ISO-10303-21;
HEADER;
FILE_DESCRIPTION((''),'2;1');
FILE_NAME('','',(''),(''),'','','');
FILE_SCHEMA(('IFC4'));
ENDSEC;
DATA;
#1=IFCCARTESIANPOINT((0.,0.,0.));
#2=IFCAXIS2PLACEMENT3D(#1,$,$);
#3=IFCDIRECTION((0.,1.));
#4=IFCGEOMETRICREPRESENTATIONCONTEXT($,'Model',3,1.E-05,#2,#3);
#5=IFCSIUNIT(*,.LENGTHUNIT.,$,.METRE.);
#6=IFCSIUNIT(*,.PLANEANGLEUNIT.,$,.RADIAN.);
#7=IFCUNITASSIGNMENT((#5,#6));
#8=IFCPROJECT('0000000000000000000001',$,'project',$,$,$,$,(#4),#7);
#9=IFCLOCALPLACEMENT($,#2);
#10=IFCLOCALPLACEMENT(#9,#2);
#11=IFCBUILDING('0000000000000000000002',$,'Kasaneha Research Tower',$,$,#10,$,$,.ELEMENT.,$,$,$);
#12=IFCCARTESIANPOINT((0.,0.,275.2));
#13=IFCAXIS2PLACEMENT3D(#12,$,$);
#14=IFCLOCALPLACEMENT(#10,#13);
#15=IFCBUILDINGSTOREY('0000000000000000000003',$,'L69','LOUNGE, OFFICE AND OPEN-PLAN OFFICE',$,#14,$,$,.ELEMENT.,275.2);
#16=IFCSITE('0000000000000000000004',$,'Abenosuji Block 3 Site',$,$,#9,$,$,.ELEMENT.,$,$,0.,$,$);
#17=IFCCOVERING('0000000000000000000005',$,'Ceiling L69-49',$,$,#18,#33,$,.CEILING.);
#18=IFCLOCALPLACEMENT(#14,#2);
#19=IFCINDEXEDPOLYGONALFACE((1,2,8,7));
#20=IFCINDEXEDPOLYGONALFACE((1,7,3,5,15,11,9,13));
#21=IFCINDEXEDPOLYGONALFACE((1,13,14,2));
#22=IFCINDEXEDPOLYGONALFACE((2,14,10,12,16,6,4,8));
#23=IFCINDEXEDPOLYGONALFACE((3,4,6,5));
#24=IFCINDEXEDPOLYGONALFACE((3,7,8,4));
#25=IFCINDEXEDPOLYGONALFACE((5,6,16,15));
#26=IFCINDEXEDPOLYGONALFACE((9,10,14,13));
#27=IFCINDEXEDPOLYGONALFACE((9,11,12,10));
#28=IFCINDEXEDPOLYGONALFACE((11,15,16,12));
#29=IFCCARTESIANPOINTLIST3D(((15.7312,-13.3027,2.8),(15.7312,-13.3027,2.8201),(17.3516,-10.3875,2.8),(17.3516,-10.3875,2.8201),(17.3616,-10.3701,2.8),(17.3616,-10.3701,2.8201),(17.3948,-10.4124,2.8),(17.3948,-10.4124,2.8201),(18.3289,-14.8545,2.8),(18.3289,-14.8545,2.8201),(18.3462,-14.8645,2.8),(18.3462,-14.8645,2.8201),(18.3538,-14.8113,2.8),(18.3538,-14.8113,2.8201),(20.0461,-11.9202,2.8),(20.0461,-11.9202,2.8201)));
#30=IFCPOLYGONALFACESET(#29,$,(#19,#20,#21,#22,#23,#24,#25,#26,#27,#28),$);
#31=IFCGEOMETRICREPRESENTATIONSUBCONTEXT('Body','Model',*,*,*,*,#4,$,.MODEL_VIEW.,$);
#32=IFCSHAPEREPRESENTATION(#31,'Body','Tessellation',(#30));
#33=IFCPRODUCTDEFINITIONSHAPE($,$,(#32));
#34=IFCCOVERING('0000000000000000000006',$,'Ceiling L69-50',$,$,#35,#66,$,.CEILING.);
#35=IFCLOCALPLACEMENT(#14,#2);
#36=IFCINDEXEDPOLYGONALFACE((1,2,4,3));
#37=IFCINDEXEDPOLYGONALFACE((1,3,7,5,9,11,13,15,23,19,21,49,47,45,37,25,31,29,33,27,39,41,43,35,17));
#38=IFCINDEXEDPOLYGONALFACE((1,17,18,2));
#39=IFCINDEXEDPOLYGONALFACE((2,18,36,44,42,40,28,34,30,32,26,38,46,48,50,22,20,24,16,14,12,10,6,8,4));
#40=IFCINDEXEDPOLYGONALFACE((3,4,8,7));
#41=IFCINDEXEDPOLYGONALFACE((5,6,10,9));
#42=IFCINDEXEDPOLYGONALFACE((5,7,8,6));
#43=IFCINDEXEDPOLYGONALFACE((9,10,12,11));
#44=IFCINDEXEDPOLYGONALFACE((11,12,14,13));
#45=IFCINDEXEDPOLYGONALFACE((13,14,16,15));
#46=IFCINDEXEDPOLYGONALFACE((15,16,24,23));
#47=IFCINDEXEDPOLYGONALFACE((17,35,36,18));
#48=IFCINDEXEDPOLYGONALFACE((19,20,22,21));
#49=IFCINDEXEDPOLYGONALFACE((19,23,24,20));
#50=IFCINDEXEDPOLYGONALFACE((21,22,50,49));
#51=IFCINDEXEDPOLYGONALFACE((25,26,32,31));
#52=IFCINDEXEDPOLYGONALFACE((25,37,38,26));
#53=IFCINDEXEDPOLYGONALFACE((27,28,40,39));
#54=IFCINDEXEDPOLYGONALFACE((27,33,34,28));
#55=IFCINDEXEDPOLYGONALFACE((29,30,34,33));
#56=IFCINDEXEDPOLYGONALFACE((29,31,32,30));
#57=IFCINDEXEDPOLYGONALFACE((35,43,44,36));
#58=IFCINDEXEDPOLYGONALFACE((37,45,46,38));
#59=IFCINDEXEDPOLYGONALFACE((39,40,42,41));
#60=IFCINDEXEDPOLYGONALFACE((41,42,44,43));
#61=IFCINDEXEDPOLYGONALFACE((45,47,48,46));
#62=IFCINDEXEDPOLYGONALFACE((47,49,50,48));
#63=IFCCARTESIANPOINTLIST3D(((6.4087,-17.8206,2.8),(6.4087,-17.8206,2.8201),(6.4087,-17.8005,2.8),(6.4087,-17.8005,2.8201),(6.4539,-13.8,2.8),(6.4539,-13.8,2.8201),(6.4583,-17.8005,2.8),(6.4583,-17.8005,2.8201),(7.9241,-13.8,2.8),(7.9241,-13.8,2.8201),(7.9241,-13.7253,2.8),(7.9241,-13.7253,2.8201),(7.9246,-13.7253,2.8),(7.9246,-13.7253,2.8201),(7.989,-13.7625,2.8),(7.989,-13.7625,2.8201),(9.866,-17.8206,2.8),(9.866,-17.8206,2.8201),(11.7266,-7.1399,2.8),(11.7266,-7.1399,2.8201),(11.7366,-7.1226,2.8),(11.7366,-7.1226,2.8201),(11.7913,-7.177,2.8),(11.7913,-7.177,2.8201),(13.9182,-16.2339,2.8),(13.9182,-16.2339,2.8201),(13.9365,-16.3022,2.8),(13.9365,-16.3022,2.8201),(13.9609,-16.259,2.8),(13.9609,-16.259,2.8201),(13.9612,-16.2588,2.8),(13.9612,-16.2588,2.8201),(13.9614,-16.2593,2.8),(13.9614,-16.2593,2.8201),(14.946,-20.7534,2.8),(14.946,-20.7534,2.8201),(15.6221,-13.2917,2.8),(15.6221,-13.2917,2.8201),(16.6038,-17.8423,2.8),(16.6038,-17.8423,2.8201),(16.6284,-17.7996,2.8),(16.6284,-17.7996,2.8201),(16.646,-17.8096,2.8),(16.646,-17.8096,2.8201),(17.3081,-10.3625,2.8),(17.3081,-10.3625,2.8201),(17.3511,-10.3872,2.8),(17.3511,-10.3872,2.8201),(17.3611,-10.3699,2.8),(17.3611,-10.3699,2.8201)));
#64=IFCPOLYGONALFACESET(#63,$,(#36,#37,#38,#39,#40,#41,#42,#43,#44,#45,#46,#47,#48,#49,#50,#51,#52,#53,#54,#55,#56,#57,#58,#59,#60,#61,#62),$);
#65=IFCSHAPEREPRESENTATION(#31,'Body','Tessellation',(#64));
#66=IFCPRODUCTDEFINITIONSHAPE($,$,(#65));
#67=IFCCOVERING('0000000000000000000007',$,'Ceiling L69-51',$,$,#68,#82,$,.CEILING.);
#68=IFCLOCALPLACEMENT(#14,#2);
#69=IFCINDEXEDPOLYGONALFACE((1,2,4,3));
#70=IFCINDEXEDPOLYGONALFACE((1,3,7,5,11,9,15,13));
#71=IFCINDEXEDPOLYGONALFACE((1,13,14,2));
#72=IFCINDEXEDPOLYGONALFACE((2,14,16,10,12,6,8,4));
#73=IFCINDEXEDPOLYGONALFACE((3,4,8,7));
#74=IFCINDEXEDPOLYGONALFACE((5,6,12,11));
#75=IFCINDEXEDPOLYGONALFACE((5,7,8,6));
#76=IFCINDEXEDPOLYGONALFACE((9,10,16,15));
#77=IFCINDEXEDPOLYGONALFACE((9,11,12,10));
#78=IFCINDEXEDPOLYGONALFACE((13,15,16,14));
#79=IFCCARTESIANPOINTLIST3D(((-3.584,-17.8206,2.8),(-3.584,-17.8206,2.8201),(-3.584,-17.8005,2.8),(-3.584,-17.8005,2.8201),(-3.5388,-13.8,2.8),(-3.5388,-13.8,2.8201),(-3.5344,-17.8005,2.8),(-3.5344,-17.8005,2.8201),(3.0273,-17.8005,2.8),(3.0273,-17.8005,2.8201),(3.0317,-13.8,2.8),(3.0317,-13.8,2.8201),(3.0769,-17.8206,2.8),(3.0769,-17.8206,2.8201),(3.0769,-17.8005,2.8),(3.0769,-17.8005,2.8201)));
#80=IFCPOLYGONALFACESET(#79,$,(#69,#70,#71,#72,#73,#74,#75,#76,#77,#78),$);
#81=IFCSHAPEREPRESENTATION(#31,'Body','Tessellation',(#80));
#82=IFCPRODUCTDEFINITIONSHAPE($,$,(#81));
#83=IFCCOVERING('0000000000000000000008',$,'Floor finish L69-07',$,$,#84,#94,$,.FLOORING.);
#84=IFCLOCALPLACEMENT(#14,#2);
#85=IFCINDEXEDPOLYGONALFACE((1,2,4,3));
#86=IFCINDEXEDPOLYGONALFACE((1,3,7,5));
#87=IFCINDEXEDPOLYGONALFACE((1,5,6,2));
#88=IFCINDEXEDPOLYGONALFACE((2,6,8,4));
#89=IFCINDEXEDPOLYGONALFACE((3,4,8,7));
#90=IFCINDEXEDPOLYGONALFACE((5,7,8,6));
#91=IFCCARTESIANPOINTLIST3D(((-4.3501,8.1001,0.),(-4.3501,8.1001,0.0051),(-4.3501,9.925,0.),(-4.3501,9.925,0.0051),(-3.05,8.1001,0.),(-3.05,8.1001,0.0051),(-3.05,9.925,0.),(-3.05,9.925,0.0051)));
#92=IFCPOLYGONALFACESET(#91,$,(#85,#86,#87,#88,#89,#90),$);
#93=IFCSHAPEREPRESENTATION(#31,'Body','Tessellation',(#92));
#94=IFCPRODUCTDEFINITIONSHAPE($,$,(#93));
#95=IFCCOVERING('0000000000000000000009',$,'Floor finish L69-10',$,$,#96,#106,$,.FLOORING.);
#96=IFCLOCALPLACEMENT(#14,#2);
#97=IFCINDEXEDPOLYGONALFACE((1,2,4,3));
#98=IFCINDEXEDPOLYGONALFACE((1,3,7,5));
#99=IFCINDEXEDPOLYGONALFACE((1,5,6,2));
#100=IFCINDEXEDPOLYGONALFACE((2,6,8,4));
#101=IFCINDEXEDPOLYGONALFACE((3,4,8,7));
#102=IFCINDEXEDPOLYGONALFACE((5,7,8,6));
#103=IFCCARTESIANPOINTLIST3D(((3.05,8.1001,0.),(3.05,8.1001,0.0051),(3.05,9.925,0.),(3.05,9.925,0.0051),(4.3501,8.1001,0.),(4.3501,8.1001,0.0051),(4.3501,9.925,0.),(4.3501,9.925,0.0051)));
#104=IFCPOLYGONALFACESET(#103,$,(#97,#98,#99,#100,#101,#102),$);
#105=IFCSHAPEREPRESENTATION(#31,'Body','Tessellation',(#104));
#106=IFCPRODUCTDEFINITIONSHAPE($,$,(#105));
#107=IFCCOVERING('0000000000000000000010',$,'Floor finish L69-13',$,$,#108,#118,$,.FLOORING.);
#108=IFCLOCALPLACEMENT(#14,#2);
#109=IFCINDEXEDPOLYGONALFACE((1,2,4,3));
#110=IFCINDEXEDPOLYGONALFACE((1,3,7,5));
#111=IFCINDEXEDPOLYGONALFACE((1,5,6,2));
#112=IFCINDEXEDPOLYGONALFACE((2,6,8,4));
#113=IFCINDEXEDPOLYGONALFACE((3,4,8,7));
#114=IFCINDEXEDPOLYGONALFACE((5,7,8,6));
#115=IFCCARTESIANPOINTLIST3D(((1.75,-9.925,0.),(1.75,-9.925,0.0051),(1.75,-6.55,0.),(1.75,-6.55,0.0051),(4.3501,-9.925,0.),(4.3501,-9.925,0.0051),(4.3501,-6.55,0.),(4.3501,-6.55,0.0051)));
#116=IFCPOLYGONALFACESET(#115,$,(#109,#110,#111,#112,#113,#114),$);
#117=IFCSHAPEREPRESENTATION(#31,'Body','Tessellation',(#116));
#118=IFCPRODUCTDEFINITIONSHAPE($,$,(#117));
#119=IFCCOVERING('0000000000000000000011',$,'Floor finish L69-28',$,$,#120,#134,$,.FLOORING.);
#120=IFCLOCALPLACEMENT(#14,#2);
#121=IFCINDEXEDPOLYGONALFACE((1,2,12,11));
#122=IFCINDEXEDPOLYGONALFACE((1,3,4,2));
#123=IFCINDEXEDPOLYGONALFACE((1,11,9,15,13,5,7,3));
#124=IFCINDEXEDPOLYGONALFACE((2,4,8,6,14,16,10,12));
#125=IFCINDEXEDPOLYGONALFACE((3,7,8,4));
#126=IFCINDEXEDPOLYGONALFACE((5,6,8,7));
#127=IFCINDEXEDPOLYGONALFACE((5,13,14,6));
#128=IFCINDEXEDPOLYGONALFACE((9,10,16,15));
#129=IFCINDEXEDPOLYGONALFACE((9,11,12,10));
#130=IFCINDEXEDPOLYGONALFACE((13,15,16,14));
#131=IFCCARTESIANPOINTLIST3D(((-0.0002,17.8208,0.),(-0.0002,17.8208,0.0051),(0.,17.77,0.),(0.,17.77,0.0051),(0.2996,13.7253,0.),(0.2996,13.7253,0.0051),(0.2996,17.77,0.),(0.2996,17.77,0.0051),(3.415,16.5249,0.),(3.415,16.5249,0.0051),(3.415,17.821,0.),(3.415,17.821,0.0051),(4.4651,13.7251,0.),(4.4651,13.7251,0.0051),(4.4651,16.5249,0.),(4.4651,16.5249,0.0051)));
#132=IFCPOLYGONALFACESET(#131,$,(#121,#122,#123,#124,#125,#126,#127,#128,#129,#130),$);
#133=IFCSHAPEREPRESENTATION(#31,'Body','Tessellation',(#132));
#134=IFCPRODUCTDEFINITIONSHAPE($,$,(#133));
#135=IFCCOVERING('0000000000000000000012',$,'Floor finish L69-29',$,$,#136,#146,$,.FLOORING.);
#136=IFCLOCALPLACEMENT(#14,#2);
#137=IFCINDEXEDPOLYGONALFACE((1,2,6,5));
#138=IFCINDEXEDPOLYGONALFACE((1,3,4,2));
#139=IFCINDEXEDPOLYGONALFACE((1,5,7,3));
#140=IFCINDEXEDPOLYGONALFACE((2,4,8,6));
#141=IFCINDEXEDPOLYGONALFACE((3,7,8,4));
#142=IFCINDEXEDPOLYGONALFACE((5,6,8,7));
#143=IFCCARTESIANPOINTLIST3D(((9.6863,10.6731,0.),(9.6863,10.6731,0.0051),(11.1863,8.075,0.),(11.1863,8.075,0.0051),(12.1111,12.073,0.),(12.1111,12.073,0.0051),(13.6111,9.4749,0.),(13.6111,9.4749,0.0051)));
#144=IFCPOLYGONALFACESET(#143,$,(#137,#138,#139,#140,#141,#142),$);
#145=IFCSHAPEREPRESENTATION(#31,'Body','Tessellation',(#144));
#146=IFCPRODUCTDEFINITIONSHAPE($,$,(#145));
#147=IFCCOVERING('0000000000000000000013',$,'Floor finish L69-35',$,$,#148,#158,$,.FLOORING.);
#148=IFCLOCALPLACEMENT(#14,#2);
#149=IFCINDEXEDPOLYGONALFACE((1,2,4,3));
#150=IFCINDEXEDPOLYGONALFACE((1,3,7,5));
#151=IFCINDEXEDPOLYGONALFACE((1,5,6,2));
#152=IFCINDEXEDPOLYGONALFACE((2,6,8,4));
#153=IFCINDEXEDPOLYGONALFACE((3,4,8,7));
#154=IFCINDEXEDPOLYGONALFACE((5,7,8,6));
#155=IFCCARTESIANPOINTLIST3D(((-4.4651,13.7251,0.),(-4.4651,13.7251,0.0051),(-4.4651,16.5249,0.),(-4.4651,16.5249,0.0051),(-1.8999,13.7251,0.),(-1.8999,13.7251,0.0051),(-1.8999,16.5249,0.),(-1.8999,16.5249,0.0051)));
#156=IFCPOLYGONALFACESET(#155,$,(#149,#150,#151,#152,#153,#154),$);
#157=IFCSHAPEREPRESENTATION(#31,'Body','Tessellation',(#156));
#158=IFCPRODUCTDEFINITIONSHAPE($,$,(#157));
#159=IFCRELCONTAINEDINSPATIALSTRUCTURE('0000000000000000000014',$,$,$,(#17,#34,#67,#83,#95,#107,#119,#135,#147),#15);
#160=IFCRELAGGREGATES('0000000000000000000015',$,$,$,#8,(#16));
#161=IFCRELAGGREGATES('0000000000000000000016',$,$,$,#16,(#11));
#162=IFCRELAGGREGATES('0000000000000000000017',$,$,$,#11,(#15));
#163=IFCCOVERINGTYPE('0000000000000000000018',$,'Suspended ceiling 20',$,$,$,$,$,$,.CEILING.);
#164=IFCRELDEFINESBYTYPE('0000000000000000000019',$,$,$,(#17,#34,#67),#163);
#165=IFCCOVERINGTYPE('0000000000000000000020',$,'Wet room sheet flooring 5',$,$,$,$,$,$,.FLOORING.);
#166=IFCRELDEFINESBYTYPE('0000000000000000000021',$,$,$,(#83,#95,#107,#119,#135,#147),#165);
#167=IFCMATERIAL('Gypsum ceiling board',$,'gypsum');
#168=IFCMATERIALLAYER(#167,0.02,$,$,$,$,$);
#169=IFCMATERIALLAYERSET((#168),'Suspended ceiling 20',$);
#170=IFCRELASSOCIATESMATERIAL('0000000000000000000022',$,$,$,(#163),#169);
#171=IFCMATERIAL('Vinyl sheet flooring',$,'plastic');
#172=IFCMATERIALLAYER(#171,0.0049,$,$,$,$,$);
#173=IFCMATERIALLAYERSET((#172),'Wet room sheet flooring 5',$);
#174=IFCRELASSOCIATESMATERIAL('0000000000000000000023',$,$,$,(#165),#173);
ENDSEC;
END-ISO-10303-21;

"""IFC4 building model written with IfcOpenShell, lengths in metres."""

from ifc_helpers import new_model, si_unit, direction, frame, origin, place, context, subcontext, project, spatial, polyline, outline, extrude, material, layer, layer_set, type_object, element, save


model = new_model("IFC4")

# Units and contexts
model_context = context("Model", 3, precision=1e-05, world=origin(), true_north=direction((0.0, 1.0)))
body_context = subcontext(model_context, "Body", "Model", "MODEL_VIEW")
ifc_project = project(units=[si_unit("LENGTHUNIT", "METRE"), si_unit("PLANEANGLEUNIT", "RADIAN")], contexts=[model_context])

# Site, building, storey
site_placement = place(None, origin())
site = spatial("IfcSite", under=ifc_project, at=site_placement, Name="Abenosuji Block 3 Site", CompositionType="ELEMENT", RefElevation=0.0)
building_placement = place(site_placement, origin())
building = spatial("IfcBuilding", under=site, at=building_placement, Name="Kasaneha Research Tower", CompositionType="ELEMENT")
storey_placement = place(building_placement, frame((0.0, 0.0, 275.2)))
storey = spatial("IfcBuildingStorey", under=building, at=storey_placement, Name="L69", Description="LOUNGE, OFFICE AND OPEN-PLAN OFFICE", CompositionType="ELEMENT", Elevation=275.2)

# Coverings
ifc_material_1 = material(Name="Gypsum ceiling board", Category="gypsum")
ifc_layer_1 = layer(ifc_material_1, 0.02)
ifc_layer_set_1 = layer_set([ifc_layer_1], Name="Suspended ceiling 20")
covering_type_1 = type_object("IfcCoveringType", Name="Suspended ceiling 20", PredefinedType="CEILING", material=ifc_layer_set_1)
covering_1_placement = place(storey_placement, frame((0.0, 0.0, 2.8)))
element("IfcCovering", 1, at=covering_1_placement, inside=storey, type_object=covering_type_1, Name="Ceiling L69-49", PredefinedType="CEILING", context=body_context, shape_type="SweptSolid", body=[
    extrude(outline(polyline([(18.3462, -14.8645), (18.3289, -14.8545), (18.3538, -14.8113), (15.7312, -13.3027), (17.3948, -10.4124), (17.3516, -10.3875), (17.3616, -10.3701), (20.0461, -11.9202), (18.3462, -14.8645)])), origin(), (0.0, 0.0, 1.0), 0.02),
])
covering_2_placement = place(storey_placement, frame((0.0, 0.0, 2.8)))
element("IfcCovering", 2, at=covering_2_placement, inside=storey, type_object=covering_type_1, Name="Ceiling L69-50", PredefinedType="CEILING", context=body_context, shape_type="SweptSolid", body=[
    extrude(outline(polyline([(13.9614, -16.2593), (13.9365, -16.3022), (16.6038, -17.8423), (16.6284, -17.7996), (16.646, -17.8096), (14.946, -20.7534), (9.866, -17.8206), (6.4087, -17.8206), (6.4087, -17.8005), (6.4583, -17.8005), (6.4539, -13.8), (7.9241, -13.8), (7.9241, -13.7253), (7.9246, -13.7253), (7.9246, -13.7253), (7.989, -13.7625), (11.7913, -7.177), (11.7266, -7.1399), (11.7366, -7.1226), (17.3611, -10.3699), (17.3511, -10.3872), (17.3081, -10.3625), (15.6221, -13.2917), (13.9182, -16.2339), (13.9612, -16.2588), (13.9609, -16.259), (13.9614, -16.2593)])), origin(), (0.0, 0.0, 1.0), 0.02),
])
covering_3_placement = place(storey_placement, frame((0.0, 0.0, 2.8)))
element("IfcCovering", 3, at=covering_3_placement, inside=storey, type_object=covering_type_1, Name="Ceiling L69-51", PredefinedType="CEILING", context=body_context, shape_type="SweptSolid", body=[
    extrude(outline(polyline([(3.0769, -17.8206), (-3.584, -17.8206), (-3.584, -17.8005), (-3.5344, -17.8005), (-3.5388, -13.8), (3.0317, -13.8), (3.0273, -17.8005), (3.0769, -17.8005), (3.0769, -17.8206)])), origin(), (0.0, 0.0, 1.0), 0.02),
])
ifc_material_2 = material(Name="Vinyl sheet flooring", Category="plastic")
ifc_layer_2 = layer(ifc_material_2, 0.0049)
ifc_layer_set_2 = layer_set([ifc_layer_2], Name="Wet room sheet flooring 5")
covering_type_2 = type_object("IfcCoveringType", Name="Wet room sheet flooring 5", PredefinedType="FLOORING", material=ifc_layer_set_2)
covering_4_placement = place(storey_placement, origin())
element("IfcCovering", 4, at=covering_4_placement, inside=storey, type_object=covering_type_2, Name="Floor finish L69-07", PredefinedType="FLOORING", context=body_context, shape_type="SweptSolid", body=[
    extrude(outline(polyline([(-4.3501, 8.1001), (-4.3501, 9.925), (-3.05, 9.925), (-3.05, 8.1001), (-4.3501, 8.1001)])), origin(), (0.0, 0.0, 1.0), 0.0051),
])
covering_5_placement = place(storey_placement, origin())
element("IfcCovering", 5, at=covering_5_placement, inside=storey, type_object=covering_type_2, Name="Floor finish L69-10", PredefinedType="FLOORING", context=body_context, shape_type="SweptSolid", body=[
    extrude(outline(polyline([(4.3501, 8.1001), (3.05, 8.1001), (3.05, 9.925), (4.3501, 9.925), (4.3501, 8.1001)])), origin(), (0.0, 0.0, 1.0), 0.0051),
])
covering_6_placement = place(storey_placement, origin())
element("IfcCovering", 6, at=covering_6_placement, inside=storey, type_object=covering_type_2, Name="Floor finish L69-13", PredefinedType="FLOORING", context=body_context, shape_type="SweptSolid", body=[
    extrude(outline(polyline([(1.75, -9.925), (1.75, -6.55), (4.3501, -6.55), (4.3501, -9.925), (1.75, -9.925)])), origin(), (0.0, 0.0, 1.0), 0.0051),
])
covering_7_placement = place(storey_placement, origin())
element("IfcCovering", 7, at=covering_7_placement, inside=storey, type_object=covering_type_2, Name="Floor finish L69-28", PredefinedType="FLOORING", context=body_context, shape_type="SweptSolid", body=[
    extrude(outline(polyline([(4.4651, 16.5249), (4.4651, 13.7251), (0.2996, 13.7253), (0.2996, 17.77), (0.0, 17.77), (-0.0002, 17.8208), (3.415, 17.821), (3.415, 16.5249), (4.4651, 16.5249)])), origin(), (0.0, 0.0, 1.0), 0.0051),
])
covering_8_placement = place(storey_placement, origin())
element("IfcCovering", 8, at=covering_8_placement, inside=storey, type_object=covering_type_2, Name="Floor finish L69-29", PredefinedType="FLOORING", context=body_context, shape_type="SweptSolid", body=[
    extrude(outline(polyline([(12.1111, 12.073), (13.6111, 9.4749), (11.1863, 8.075), (9.6863, 10.6731), (12.1111, 12.073)])), origin(), (0.0, 0.0, 1.0), 0.0051),
])
covering_9_placement = place(storey_placement, origin())
element("IfcCovering", 9, at=covering_9_placement, inside=storey, type_object=covering_type_2, Name="Floor finish L69-35", PredefinedType="FLOORING", context=body_context, shape_type="SweptSolid", body=[
    extrude(outline(polyline([(-4.4651, 16.5249), (-1.8999, 16.5249), (-1.8999, 13.7251), (-4.4651, 13.7251), (-4.4651, 16.5249)])), origin(), (0.0, 0.0, 1.0), 0.0051),
])

save(model, "model.ifc")
